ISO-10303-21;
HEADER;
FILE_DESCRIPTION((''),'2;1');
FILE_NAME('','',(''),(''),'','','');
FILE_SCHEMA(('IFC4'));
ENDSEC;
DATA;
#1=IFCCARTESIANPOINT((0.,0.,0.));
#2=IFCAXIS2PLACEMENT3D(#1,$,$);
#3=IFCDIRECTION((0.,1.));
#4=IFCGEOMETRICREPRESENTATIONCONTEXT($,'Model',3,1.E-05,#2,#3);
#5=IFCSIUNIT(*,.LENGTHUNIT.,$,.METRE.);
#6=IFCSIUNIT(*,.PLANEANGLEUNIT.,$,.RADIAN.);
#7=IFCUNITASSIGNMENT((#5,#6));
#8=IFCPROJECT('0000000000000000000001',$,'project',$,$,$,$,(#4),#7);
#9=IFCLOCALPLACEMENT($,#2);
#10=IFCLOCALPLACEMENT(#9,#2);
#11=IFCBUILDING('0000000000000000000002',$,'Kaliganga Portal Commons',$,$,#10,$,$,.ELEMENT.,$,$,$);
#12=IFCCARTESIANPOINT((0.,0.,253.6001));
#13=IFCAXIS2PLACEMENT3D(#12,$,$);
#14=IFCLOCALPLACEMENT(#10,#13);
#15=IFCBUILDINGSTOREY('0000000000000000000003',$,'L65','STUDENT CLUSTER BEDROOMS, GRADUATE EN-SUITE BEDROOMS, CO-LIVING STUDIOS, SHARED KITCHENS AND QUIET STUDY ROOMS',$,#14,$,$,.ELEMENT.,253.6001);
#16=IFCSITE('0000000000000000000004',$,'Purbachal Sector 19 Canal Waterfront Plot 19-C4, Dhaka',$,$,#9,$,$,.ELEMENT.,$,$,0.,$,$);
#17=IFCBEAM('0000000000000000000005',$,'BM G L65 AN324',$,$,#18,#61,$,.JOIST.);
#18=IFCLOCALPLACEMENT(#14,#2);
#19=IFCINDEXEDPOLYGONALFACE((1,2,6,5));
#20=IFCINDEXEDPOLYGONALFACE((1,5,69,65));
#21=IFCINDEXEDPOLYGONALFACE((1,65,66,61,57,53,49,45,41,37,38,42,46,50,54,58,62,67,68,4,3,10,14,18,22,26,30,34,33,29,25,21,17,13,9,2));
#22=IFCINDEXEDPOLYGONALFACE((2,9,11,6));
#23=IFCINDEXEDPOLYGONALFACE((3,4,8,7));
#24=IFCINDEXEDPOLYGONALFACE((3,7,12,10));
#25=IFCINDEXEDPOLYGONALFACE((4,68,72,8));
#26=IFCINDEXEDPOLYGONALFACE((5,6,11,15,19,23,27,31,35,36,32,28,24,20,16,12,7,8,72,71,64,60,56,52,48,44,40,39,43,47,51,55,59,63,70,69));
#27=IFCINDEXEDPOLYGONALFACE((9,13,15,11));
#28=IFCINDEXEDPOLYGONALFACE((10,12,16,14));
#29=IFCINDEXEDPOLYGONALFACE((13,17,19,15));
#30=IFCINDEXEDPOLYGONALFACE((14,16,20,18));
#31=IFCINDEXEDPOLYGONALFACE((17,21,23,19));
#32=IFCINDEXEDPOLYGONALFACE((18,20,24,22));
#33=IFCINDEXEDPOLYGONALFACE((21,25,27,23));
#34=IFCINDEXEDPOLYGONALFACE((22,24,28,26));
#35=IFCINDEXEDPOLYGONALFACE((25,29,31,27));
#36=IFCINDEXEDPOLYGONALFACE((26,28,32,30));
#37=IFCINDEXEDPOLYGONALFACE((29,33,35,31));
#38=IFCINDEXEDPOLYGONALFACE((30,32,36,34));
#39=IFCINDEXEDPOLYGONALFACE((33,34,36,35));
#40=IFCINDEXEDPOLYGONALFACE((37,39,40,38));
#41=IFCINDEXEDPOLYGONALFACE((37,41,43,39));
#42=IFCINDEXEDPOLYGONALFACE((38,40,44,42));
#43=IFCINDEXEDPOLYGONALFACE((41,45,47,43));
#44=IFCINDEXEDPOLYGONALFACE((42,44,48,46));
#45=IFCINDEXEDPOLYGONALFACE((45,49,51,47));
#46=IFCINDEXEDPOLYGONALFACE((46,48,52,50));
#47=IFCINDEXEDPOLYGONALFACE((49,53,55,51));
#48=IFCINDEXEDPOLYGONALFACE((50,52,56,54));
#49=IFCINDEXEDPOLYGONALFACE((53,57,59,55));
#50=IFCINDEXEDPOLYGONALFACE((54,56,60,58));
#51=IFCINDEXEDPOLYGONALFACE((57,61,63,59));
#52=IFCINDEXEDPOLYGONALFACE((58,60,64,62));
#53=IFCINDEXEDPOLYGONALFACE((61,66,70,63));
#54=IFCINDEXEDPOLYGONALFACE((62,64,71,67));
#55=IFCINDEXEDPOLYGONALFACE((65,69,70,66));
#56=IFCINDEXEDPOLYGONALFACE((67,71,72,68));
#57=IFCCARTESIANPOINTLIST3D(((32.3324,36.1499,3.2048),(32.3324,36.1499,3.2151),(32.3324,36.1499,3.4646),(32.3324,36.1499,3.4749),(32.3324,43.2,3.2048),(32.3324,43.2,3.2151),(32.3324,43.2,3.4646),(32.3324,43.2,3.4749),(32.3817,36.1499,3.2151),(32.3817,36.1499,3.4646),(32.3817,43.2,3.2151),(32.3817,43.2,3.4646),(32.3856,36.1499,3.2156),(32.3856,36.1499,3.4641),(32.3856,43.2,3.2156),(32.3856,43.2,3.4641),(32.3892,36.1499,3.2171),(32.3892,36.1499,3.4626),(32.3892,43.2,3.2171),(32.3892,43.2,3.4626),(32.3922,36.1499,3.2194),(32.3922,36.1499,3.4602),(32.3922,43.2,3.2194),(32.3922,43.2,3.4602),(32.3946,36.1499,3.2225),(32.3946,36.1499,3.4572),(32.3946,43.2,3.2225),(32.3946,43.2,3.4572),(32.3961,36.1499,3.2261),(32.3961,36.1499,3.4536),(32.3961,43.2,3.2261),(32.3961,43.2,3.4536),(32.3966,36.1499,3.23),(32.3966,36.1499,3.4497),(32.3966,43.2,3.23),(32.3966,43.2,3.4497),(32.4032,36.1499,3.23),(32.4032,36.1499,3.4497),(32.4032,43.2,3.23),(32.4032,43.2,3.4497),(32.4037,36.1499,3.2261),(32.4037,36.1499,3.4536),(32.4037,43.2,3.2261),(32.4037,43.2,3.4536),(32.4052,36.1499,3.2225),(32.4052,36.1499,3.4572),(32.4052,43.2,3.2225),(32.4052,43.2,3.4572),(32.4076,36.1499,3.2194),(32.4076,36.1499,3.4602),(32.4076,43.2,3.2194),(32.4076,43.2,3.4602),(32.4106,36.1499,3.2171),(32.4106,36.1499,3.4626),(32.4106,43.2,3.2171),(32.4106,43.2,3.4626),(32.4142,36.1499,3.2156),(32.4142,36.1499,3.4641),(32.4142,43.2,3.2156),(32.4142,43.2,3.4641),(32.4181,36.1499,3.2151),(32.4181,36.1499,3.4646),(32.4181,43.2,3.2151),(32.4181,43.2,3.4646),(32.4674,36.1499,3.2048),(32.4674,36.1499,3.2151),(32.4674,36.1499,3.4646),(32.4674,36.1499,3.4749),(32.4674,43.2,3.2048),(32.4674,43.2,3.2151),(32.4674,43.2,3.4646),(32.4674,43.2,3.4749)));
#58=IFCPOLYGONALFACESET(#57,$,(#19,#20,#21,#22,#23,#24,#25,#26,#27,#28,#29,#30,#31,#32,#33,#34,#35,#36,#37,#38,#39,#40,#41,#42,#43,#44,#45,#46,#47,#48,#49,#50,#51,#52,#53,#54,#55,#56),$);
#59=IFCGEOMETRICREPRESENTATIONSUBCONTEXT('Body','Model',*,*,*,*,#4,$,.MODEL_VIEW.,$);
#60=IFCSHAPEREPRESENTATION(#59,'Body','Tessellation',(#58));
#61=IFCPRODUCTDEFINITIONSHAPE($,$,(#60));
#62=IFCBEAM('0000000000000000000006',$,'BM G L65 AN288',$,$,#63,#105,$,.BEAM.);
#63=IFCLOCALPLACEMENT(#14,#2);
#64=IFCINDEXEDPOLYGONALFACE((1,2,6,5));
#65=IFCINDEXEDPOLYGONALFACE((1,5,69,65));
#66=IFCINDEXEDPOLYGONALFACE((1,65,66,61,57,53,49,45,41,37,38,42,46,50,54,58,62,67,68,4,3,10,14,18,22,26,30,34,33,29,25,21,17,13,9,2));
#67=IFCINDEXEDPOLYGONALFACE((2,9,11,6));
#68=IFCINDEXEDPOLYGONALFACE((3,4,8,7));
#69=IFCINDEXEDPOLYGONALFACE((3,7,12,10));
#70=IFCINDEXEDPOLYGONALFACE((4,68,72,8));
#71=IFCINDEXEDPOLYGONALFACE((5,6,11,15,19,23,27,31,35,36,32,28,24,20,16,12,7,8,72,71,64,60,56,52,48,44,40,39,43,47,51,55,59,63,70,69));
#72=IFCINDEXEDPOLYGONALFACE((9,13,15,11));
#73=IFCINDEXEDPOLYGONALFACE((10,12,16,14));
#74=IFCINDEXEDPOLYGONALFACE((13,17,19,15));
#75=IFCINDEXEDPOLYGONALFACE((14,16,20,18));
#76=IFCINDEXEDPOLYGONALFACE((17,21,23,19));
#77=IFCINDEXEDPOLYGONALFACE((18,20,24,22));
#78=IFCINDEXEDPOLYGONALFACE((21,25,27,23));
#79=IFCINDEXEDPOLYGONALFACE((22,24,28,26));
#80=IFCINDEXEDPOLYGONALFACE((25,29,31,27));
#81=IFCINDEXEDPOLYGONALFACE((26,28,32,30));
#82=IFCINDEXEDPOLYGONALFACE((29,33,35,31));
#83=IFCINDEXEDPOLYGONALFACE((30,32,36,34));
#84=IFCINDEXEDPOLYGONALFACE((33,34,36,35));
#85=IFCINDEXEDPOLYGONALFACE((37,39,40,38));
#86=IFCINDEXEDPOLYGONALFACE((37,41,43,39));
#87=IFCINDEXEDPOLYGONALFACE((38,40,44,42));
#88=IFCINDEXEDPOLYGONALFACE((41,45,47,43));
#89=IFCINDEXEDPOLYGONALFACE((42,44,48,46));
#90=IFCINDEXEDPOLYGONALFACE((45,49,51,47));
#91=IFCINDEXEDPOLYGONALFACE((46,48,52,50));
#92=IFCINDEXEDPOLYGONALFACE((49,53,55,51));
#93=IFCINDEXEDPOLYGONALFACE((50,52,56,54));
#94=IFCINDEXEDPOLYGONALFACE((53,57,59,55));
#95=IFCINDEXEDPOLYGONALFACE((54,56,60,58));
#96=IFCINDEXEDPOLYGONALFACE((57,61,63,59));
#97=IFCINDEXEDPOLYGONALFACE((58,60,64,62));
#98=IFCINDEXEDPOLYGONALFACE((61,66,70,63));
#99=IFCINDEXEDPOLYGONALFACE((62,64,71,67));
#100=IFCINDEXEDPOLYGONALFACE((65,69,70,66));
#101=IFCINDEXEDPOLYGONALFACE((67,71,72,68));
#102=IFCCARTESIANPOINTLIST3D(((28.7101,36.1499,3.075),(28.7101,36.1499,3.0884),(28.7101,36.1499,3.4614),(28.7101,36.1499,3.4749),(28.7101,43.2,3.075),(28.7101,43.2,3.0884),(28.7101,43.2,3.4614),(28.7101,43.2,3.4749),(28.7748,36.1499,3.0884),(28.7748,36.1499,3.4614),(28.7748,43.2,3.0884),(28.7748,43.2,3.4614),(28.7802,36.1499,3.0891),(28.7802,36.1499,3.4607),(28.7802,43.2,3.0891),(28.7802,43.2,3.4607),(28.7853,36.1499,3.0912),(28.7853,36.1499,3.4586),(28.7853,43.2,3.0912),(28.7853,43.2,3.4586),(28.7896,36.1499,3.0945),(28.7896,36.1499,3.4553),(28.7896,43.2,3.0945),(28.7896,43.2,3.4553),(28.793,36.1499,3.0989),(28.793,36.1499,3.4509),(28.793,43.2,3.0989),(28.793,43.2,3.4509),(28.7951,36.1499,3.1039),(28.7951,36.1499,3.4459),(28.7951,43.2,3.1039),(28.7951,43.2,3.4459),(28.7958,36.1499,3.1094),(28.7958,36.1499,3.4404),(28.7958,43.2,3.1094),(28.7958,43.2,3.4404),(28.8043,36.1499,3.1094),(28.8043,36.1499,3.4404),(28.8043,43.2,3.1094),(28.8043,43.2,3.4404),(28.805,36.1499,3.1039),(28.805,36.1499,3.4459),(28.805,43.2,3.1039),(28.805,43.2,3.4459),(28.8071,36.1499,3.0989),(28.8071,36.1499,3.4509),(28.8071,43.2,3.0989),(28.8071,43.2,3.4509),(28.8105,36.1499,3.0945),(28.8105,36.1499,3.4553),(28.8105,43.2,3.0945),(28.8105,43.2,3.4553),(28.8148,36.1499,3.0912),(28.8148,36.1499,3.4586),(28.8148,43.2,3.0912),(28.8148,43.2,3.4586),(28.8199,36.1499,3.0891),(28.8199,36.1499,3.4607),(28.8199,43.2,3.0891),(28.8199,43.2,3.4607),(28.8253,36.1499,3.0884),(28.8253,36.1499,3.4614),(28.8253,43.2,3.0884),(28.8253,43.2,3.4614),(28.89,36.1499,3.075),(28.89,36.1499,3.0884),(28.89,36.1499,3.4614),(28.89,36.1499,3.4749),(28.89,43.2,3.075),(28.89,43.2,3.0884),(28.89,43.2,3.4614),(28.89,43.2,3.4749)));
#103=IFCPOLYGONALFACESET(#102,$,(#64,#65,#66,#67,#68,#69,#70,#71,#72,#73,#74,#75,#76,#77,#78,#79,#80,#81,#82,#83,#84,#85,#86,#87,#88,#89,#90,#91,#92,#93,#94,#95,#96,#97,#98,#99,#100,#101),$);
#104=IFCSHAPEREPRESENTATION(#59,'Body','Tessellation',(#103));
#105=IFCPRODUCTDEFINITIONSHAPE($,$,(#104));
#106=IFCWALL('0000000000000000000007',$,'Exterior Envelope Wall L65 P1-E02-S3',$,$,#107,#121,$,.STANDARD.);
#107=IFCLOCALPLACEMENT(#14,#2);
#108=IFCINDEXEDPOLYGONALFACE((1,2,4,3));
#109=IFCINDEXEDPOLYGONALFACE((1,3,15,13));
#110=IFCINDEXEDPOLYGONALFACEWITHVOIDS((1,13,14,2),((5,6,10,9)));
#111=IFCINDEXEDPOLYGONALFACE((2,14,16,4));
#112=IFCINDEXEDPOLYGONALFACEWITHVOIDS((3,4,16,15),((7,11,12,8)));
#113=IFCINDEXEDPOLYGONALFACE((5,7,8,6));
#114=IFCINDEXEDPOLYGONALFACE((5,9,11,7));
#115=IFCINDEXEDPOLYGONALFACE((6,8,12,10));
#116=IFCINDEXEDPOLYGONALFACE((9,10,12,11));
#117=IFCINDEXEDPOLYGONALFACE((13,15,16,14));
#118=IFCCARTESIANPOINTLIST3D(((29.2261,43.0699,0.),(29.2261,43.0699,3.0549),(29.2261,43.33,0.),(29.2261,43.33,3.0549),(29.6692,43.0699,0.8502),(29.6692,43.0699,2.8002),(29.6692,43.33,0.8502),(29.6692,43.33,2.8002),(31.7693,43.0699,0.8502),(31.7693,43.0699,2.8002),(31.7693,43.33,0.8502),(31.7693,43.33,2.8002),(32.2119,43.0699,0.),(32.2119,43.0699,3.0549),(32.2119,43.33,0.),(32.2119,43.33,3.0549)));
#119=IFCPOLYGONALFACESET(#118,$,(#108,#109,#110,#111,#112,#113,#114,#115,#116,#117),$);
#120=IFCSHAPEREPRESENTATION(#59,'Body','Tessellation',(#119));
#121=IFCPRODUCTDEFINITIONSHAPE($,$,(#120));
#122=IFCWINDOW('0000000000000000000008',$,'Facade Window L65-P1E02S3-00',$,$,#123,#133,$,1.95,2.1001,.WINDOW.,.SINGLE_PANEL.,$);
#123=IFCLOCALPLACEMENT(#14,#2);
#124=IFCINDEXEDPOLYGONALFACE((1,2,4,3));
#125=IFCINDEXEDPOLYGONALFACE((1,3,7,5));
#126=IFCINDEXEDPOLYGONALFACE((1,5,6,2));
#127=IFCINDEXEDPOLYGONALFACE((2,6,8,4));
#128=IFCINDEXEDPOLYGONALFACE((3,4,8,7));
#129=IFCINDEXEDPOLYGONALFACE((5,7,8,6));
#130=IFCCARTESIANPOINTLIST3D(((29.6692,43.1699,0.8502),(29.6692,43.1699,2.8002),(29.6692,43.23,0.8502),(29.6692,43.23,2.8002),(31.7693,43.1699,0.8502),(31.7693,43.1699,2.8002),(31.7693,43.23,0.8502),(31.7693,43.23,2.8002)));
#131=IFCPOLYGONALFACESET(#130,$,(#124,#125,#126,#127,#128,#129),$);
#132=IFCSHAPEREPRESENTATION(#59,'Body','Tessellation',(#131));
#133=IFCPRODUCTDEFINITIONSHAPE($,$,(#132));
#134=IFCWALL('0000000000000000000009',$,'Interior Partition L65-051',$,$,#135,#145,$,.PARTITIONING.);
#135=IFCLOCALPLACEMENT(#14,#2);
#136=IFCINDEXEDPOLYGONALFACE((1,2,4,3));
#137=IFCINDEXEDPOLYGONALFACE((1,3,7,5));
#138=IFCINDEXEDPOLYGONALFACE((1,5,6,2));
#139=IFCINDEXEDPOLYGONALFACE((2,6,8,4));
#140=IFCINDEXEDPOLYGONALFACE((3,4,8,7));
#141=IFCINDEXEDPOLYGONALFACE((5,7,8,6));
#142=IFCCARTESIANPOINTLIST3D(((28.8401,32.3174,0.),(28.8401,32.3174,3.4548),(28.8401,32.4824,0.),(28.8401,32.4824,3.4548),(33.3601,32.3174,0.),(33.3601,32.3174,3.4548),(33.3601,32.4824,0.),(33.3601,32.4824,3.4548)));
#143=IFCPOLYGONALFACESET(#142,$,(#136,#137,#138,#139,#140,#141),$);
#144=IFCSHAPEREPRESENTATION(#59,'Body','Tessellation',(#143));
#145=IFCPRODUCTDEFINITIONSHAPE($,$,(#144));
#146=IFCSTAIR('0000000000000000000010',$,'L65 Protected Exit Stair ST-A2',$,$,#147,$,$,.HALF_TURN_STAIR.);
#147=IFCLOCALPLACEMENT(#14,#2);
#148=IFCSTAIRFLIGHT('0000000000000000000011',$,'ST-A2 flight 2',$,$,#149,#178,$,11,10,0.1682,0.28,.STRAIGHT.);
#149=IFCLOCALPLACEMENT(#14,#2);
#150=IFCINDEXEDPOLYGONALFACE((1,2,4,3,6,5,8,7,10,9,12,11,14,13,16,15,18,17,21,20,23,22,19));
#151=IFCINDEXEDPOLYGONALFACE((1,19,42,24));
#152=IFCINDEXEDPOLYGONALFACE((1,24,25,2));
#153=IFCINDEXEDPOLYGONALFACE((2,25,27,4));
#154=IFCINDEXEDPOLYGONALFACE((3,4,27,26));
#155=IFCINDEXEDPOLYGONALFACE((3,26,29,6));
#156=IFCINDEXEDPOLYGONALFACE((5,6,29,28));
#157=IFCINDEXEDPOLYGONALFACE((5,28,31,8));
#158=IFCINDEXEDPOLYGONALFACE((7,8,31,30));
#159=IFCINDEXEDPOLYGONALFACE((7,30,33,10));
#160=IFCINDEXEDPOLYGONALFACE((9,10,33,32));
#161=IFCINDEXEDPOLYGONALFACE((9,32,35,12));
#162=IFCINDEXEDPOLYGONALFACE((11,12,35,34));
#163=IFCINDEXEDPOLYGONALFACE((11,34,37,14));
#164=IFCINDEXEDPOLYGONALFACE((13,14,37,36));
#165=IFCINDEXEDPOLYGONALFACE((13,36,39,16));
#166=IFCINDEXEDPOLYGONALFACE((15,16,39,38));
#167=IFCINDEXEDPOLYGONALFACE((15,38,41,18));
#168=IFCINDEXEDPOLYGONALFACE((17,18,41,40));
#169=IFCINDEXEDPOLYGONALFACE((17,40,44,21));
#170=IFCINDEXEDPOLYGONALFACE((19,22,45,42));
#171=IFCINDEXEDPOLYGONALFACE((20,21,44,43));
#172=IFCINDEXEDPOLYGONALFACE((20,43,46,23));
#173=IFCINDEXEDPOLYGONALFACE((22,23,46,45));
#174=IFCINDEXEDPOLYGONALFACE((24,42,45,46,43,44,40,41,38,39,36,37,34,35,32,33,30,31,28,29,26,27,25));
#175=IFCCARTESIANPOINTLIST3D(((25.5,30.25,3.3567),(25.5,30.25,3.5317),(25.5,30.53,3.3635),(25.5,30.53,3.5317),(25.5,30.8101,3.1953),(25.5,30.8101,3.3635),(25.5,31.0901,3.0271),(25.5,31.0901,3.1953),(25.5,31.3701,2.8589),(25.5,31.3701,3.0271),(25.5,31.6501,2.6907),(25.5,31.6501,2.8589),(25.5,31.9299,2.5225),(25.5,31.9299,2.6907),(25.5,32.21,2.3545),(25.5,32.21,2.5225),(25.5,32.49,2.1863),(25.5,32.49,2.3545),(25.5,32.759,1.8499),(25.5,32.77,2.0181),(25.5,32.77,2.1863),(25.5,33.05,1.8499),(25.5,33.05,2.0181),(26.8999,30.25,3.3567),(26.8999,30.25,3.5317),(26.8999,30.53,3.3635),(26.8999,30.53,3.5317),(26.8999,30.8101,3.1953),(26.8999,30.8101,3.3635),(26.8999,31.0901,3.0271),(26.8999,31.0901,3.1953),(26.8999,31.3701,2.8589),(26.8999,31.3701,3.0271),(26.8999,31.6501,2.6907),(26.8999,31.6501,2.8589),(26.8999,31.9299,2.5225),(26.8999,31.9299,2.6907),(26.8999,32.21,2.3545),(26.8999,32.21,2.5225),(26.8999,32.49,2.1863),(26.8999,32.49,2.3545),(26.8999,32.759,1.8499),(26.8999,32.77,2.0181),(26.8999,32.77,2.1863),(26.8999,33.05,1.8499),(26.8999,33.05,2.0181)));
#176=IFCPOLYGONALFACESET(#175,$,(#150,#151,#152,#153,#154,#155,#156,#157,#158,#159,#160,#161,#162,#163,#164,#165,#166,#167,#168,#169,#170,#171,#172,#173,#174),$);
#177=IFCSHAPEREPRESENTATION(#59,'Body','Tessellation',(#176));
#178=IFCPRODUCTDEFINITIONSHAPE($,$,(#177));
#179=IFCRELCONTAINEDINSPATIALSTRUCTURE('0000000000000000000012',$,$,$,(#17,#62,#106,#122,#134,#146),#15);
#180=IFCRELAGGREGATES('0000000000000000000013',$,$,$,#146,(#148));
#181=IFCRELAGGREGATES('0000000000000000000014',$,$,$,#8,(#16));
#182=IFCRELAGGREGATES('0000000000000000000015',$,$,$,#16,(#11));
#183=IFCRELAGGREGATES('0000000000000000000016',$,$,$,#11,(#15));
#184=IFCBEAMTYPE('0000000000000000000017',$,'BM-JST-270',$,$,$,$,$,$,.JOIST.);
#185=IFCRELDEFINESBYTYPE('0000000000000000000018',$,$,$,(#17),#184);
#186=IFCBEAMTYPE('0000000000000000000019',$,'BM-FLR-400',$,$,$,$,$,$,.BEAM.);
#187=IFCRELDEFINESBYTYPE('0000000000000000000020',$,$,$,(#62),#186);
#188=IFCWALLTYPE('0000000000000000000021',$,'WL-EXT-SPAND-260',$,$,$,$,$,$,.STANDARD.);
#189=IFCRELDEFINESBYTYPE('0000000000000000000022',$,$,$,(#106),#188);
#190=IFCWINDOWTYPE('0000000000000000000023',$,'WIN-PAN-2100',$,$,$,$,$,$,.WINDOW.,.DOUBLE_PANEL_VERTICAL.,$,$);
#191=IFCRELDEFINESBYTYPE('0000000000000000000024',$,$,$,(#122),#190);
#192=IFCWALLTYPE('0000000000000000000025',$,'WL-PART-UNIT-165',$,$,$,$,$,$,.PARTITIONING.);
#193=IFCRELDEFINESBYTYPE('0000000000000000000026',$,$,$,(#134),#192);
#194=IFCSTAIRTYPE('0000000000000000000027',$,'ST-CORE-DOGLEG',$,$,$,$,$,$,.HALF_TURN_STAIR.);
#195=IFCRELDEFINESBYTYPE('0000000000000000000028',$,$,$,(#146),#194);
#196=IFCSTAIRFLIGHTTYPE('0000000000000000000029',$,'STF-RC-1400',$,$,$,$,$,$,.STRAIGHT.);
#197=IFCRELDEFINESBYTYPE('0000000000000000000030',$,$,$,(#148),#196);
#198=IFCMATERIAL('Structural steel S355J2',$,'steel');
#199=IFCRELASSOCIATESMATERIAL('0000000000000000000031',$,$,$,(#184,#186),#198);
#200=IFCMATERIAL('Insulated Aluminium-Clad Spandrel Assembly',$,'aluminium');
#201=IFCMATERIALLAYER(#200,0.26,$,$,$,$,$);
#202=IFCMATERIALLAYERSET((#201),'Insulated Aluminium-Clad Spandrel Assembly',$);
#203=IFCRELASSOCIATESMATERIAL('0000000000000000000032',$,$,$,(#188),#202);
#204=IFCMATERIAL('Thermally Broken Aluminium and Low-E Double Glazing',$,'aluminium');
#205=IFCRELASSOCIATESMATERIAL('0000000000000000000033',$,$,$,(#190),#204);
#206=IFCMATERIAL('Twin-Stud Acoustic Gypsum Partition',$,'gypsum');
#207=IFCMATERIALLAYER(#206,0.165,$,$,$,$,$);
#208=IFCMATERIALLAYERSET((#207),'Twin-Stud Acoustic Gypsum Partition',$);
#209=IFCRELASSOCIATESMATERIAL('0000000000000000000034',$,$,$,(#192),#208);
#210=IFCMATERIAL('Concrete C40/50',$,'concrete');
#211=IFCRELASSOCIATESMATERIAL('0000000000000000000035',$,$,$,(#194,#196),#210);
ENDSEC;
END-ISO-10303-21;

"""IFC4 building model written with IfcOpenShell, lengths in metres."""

from ifc_helpers import new_model, si_unit, direction, frame, frame_2d, origin, origin_2d, place, context, subcontext, project, spatial, polyline, rectangle, i_section, outline, extrude, source, transform, mapped, material, layer, layer_set, material_profile, profile_set, type_object, element, fill, aggregate, save


model = new_model("IFC4")

# Units and contexts
model_context = context("Model", 3, precision=1e-05, world=origin(), true_north=direction((0.0, 1.0)))
body_context = subcontext(model_context, "Body", "Model", "MODEL_VIEW")
ifc_project = project(units=[si_unit("LENGTHUNIT", "METRE"), si_unit("PLANEANGLEUNIT", "RADIAN")], contexts=[model_context])

# Site, building, storey
site_placement = place(None, origin())
site = spatial("IfcSite", under=ifc_project, at=site_placement, Name="Purbachal Sector 19 Canal Waterfront Plot 19-C4, Dhaka", CompositionType="ELEMENT", RefElevation=0.0)
building_placement = place(site_placement, origin())
building = spatial("IfcBuilding", under=site, at=building_placement, Name="Kaliganga Portal Commons", CompositionType="ELEMENT")
storey_placement = place(building_placement, frame((0.0, 0.0, 253.6001)))
storey = spatial("IfcBuildingStorey", under=building, at=storey_placement, Name="L65", Description="STUDENT CLUSTER BEDROOMS, GRADUATE EN-SUITE BEDROOMS, CO-LIVING STUDIOS, SHARED KITCHENS AND QUIET STUDY ROOMS", CompositionType="ELEMENT", Elevation=253.6001)

# Shared definitions
ifc_material_1 = material(Name="Structural steel S355J2", Category="steel")

# Beams
ifc_material_profile_1 = material_profile(ifc_material_1, i_section(OverallWidth=0.135, OverallDepth=0.27, WebThickness=0.0066, FlangeThickness=0.0103, FilletRadius=0.0149, at=origin_2d()), Name="IPE 270")
ifc_profile_set_1 = profile_set([ifc_material_profile_1], Name="Structural steel S355J2 wide-flange")
beam_type_1 = type_object("IfcBeamType", Name="BM-JST-270", PredefinedType="JOIST", material=ifc_profile_set_1)
shared_shape_1 = source(origin(), body_context, "Body", "SweptSolid", [
    extrude(i_section(OverallWidth=0.135, OverallDepth=0.27, WebThickness=0.0066, FlangeThickness=0.0103, FilletRadius=0.0149, at=origin_2d()), origin(), (0.0, 0.0, 1.0), 7.05),
])
beam_1_placement = place(storey_placement, frame((32.3999, 36.1499, 3.3398), z_axis=(0.0, 1.0, 0.0), x_axis=(-1.0, 0.0, 0.0)))
element("IfcBeam", 1, at=beam_1_placement, inside=storey, type_object=beam_type_1, Name="BM G L65 AN324", PredefinedType="JOIST", context=body_context, shape_type="MappedRepresentation", body=[
    mapped(shared_shape_1, transform((0.0, 0.0, 0.0), x_axis=(1.0, 0.0, 0.0), y_axis=(0.0, 1.0, 0.0), z_axis=(0.0, 0.0, 1.0), scale=1.0)),
])
ifc_material_profile_2 = material_profile(ifc_material_1, i_section(OverallWidth=0.1799, OverallDepth=0.3999, WebThickness=0.0085, FlangeThickness=0.0134, FilletRadius=0.021, at=origin_2d()), Name="IPE 400")
ifc_profile_set_2 = profile_set([ifc_material_profile_2], Name="Structural steel S355J2 wide-flange")
beam_type_2 = type_object("IfcBeamType", Name="BM-FLR-400", PredefinedType="BEAM", material=ifc_profile_set_2)
shared_shape_2 = source(origin(), body_context, "Body", "SweptSolid", [
    extrude(i_section(OverallWidth=0.1799, OverallDepth=0.3999, WebThickness=0.0085, FlangeThickness=0.0134, FilletRadius=0.021, at=origin_2d()), origin(), (0.0, 0.0, 1.0), 7.05),
])
beam_2_placement = place(storey_placement, frame((28.8, 36.1499, 3.2749), z_axis=(0.0, 1.0, 0.0), x_axis=(-1.0, 0.0, 0.0)))
element("IfcBeam", 2, at=beam_2_placement, inside=storey, type_object=beam_type_2, Name="BM G L65 AN288", PredefinedType="BEAM", context=body_context, shape_type="MappedRepresentation", body=[
    mapped(shared_shape_2, transform((0.0, 0.0, 0.0), x_axis=(1.0, 0.0, 0.0), y_axis=(0.0, 1.0, 0.0), z_axis=(0.0, 0.0, 1.0), scale=1.0)),
])

# Wall, opening, window
ifc_material_2 = material(Name="Insulated Aluminium-Clad Spandrel Assembly", Category="aluminium")
ifc_layer_1 = layer(ifc_material_2, 0.26)
ifc_layer_set_1 = layer_set([ifc_layer_1], Name="Insulated Aluminium-Clad Spandrel Assembly")
wall_type_1 = type_object("IfcWallType", Name="WL-EXT-SPAND-260", PredefinedType="STANDARD", material=ifc_layer_set_1)
wall_1_placement = place(storey_placement, frame((29.2261, 43.2, 0.0), z_axis=(0.0, 0.0, 1.0), x_axis=(1.0, 0.0, 0.0)))
wall_1 = element("IfcWall", 3, at=wall_1_placement, inside=storey, type_object=wall_type_1, Name="Exterior Envelope Wall L65 P1-E02-S3", PredefinedType="STANDARD", context=body_context, shape_type="SweptSolid", body=[
    extrude(rectangle(XDim=2.9858, YDim=0.26, at=frame_2d((1.4929, 0.0))), origin(), (0.0, 0.0, 1.0), 3.0549),
])
opening_1_placement = place(wall_1_placement, frame((0.4431, 0.0, 0.8501)))
opening_1 = element("IfcOpeningElement", 4, at=opening_1_placement, cuts=wall_1, PredefinedType="OPENING", context=body_context, shape_type="SweptSolid", body=[
    extrude(rectangle(XDim=2.1001, YDim=1.95, at=frame_2d((1.05, 0.9751))), frame((0.0, 0.1401, 0.0), z_axis=(0.0, -1.0, 0.0), x_axis=(1.0, 0.0, 0.0)), (0.0, 0.0, 1.0), 0.28),
])
ifc_material_3 = material(Name="Thermally Broken Aluminium and Low-E Double Glazing", Category="aluminium")
window_type = type_object("IfcWindowType", Name="WIN-PAN-2100", PartitioningType="DOUBLE_PANEL_VERTICAL", PredefinedType="WINDOW", material=ifc_material_3)
window_placement = place(opening_1_placement, origin())
window = element("IfcWindow", 5, at=window_placement, inside=storey, type_object=window_type, Name="Facade Window L65-P1E02S3-00", OverallHeight=1.95, OverallWidth=2.1001, PartitioningType="SINGLE_PANEL", PredefinedType="WINDOW", context=body_context, shape_type="SweptSolid", body=[
    extrude(rectangle(XDim=2.1001, YDim=1.95, at=frame_2d((1.05, 0.9751))), frame((0.0, 0.03, 0.0), z_axis=(0.0, -1.0, 0.0), x_axis=(1.0, 0.0, 0.0)), (0.0, 0.0, 1.0), 0.0601),
])
fill(opening_1, window)

# Wall
ifc_material_4 = material(Name="Twin-Stud Acoustic Gypsum Partition", Category="gypsum")
ifc_layer_2 = layer(ifc_material_4, 0.165)
ifc_layer_set_2 = layer_set([ifc_layer_2], Name="Twin-Stud Acoustic Gypsum Partition")
wall_type_2 = type_object("IfcWallType", Name="WL-PART-UNIT-165", PredefinedType="PARTITIONING", material=ifc_layer_set_2)
wall_2_placement = place(storey_placement, frame((28.8401, 32.3999, 0.0), z_axis=(0.0, 0.0, 1.0), x_axis=(1.0, 0.0, 0.0)))
element("IfcWall", 6, at=wall_2_placement, inside=storey, type_object=wall_type_2, Name="Interior Partition L65-051", PredefinedType="PARTITIONING", context=body_context, shape_type="SweptSolid", body=[
    extrude(rectangle(XDim=4.52, YDim=0.165, at=frame_2d((2.26, 0.0))), origin(), (0.0, 0.0, 1.0), 3.4548),
])

# Stair, stair flight
ifc_material_5 = material(Name="Concrete C40/50", Category="concrete")
stair_type = type_object("IfcStairType", Name="ST-CORE-DOGLEG", PredefinedType="HALF_TURN_STAIR", material=ifc_material_5)
stair_placement = place(storey_placement, origin())
stair = element("IfcStair", 7, at=stair_placement, inside=storey, type_object=stair_type, Name="L65 Protected Exit Stair ST-A2", PredefinedType="HALF_TURN_STAIR")
stair_flight_type = type_object("IfcStairFlightType", Name="STF-RC-1400", PredefinedType="STRAIGHT", material=ifc_material_5)
stair_flight_placement = place(storey_placement, frame((26.2, 33.05, 1.8499), z_axis=(0.0, 0.0, 1.0), x_axis=(0.0, -1.0, 0.0)))
stair_flight = element("IfcStairFlight", 8, at=stair_flight_placement, type_object=stair_flight_type, Name="ST-A2 flight 2", NumberOfRisers=11, NumberOfTreads=10, PredefinedType="STRAIGHT", RiserHeight=0.1682, TreadLength=0.28, context=body_context, shape_type="SweptSolid", body=[
    extrude(outline(polyline([(0.0, 0.0), (0.0, 0.1682), (0.28, 0.1682), (0.28, 0.3364), (0.5601, 0.3364), (0.5601, 0.5046), (0.8401, 0.5046), (0.8401, 0.6726), (1.1201, 0.6726), (1.1201, 0.8408), (1.3999, 0.8408), (1.3999, 1.009), (1.6799, 1.009), (1.6799, 1.1772), (1.96, 1.1772), (1.96, 1.3455), (2.24, 1.3455), (2.24, 1.5137), (2.52, 1.5137), (2.52, 1.6819), (2.8, 1.6819), (2.8, 1.8501), (2.8, 1.5068), (0.291, 0.0), (0.0, 0.0)])), frame((0.0, 0.7, 0.0), z_axis=(0.0, -1.0, 0.0), x_axis=(1.0, 0.0, 0.0)), (0.0, 0.0, 1.0), 1.3999),
])
aggregate(stair, [stair_flight])

save(model, "model.ifc")
